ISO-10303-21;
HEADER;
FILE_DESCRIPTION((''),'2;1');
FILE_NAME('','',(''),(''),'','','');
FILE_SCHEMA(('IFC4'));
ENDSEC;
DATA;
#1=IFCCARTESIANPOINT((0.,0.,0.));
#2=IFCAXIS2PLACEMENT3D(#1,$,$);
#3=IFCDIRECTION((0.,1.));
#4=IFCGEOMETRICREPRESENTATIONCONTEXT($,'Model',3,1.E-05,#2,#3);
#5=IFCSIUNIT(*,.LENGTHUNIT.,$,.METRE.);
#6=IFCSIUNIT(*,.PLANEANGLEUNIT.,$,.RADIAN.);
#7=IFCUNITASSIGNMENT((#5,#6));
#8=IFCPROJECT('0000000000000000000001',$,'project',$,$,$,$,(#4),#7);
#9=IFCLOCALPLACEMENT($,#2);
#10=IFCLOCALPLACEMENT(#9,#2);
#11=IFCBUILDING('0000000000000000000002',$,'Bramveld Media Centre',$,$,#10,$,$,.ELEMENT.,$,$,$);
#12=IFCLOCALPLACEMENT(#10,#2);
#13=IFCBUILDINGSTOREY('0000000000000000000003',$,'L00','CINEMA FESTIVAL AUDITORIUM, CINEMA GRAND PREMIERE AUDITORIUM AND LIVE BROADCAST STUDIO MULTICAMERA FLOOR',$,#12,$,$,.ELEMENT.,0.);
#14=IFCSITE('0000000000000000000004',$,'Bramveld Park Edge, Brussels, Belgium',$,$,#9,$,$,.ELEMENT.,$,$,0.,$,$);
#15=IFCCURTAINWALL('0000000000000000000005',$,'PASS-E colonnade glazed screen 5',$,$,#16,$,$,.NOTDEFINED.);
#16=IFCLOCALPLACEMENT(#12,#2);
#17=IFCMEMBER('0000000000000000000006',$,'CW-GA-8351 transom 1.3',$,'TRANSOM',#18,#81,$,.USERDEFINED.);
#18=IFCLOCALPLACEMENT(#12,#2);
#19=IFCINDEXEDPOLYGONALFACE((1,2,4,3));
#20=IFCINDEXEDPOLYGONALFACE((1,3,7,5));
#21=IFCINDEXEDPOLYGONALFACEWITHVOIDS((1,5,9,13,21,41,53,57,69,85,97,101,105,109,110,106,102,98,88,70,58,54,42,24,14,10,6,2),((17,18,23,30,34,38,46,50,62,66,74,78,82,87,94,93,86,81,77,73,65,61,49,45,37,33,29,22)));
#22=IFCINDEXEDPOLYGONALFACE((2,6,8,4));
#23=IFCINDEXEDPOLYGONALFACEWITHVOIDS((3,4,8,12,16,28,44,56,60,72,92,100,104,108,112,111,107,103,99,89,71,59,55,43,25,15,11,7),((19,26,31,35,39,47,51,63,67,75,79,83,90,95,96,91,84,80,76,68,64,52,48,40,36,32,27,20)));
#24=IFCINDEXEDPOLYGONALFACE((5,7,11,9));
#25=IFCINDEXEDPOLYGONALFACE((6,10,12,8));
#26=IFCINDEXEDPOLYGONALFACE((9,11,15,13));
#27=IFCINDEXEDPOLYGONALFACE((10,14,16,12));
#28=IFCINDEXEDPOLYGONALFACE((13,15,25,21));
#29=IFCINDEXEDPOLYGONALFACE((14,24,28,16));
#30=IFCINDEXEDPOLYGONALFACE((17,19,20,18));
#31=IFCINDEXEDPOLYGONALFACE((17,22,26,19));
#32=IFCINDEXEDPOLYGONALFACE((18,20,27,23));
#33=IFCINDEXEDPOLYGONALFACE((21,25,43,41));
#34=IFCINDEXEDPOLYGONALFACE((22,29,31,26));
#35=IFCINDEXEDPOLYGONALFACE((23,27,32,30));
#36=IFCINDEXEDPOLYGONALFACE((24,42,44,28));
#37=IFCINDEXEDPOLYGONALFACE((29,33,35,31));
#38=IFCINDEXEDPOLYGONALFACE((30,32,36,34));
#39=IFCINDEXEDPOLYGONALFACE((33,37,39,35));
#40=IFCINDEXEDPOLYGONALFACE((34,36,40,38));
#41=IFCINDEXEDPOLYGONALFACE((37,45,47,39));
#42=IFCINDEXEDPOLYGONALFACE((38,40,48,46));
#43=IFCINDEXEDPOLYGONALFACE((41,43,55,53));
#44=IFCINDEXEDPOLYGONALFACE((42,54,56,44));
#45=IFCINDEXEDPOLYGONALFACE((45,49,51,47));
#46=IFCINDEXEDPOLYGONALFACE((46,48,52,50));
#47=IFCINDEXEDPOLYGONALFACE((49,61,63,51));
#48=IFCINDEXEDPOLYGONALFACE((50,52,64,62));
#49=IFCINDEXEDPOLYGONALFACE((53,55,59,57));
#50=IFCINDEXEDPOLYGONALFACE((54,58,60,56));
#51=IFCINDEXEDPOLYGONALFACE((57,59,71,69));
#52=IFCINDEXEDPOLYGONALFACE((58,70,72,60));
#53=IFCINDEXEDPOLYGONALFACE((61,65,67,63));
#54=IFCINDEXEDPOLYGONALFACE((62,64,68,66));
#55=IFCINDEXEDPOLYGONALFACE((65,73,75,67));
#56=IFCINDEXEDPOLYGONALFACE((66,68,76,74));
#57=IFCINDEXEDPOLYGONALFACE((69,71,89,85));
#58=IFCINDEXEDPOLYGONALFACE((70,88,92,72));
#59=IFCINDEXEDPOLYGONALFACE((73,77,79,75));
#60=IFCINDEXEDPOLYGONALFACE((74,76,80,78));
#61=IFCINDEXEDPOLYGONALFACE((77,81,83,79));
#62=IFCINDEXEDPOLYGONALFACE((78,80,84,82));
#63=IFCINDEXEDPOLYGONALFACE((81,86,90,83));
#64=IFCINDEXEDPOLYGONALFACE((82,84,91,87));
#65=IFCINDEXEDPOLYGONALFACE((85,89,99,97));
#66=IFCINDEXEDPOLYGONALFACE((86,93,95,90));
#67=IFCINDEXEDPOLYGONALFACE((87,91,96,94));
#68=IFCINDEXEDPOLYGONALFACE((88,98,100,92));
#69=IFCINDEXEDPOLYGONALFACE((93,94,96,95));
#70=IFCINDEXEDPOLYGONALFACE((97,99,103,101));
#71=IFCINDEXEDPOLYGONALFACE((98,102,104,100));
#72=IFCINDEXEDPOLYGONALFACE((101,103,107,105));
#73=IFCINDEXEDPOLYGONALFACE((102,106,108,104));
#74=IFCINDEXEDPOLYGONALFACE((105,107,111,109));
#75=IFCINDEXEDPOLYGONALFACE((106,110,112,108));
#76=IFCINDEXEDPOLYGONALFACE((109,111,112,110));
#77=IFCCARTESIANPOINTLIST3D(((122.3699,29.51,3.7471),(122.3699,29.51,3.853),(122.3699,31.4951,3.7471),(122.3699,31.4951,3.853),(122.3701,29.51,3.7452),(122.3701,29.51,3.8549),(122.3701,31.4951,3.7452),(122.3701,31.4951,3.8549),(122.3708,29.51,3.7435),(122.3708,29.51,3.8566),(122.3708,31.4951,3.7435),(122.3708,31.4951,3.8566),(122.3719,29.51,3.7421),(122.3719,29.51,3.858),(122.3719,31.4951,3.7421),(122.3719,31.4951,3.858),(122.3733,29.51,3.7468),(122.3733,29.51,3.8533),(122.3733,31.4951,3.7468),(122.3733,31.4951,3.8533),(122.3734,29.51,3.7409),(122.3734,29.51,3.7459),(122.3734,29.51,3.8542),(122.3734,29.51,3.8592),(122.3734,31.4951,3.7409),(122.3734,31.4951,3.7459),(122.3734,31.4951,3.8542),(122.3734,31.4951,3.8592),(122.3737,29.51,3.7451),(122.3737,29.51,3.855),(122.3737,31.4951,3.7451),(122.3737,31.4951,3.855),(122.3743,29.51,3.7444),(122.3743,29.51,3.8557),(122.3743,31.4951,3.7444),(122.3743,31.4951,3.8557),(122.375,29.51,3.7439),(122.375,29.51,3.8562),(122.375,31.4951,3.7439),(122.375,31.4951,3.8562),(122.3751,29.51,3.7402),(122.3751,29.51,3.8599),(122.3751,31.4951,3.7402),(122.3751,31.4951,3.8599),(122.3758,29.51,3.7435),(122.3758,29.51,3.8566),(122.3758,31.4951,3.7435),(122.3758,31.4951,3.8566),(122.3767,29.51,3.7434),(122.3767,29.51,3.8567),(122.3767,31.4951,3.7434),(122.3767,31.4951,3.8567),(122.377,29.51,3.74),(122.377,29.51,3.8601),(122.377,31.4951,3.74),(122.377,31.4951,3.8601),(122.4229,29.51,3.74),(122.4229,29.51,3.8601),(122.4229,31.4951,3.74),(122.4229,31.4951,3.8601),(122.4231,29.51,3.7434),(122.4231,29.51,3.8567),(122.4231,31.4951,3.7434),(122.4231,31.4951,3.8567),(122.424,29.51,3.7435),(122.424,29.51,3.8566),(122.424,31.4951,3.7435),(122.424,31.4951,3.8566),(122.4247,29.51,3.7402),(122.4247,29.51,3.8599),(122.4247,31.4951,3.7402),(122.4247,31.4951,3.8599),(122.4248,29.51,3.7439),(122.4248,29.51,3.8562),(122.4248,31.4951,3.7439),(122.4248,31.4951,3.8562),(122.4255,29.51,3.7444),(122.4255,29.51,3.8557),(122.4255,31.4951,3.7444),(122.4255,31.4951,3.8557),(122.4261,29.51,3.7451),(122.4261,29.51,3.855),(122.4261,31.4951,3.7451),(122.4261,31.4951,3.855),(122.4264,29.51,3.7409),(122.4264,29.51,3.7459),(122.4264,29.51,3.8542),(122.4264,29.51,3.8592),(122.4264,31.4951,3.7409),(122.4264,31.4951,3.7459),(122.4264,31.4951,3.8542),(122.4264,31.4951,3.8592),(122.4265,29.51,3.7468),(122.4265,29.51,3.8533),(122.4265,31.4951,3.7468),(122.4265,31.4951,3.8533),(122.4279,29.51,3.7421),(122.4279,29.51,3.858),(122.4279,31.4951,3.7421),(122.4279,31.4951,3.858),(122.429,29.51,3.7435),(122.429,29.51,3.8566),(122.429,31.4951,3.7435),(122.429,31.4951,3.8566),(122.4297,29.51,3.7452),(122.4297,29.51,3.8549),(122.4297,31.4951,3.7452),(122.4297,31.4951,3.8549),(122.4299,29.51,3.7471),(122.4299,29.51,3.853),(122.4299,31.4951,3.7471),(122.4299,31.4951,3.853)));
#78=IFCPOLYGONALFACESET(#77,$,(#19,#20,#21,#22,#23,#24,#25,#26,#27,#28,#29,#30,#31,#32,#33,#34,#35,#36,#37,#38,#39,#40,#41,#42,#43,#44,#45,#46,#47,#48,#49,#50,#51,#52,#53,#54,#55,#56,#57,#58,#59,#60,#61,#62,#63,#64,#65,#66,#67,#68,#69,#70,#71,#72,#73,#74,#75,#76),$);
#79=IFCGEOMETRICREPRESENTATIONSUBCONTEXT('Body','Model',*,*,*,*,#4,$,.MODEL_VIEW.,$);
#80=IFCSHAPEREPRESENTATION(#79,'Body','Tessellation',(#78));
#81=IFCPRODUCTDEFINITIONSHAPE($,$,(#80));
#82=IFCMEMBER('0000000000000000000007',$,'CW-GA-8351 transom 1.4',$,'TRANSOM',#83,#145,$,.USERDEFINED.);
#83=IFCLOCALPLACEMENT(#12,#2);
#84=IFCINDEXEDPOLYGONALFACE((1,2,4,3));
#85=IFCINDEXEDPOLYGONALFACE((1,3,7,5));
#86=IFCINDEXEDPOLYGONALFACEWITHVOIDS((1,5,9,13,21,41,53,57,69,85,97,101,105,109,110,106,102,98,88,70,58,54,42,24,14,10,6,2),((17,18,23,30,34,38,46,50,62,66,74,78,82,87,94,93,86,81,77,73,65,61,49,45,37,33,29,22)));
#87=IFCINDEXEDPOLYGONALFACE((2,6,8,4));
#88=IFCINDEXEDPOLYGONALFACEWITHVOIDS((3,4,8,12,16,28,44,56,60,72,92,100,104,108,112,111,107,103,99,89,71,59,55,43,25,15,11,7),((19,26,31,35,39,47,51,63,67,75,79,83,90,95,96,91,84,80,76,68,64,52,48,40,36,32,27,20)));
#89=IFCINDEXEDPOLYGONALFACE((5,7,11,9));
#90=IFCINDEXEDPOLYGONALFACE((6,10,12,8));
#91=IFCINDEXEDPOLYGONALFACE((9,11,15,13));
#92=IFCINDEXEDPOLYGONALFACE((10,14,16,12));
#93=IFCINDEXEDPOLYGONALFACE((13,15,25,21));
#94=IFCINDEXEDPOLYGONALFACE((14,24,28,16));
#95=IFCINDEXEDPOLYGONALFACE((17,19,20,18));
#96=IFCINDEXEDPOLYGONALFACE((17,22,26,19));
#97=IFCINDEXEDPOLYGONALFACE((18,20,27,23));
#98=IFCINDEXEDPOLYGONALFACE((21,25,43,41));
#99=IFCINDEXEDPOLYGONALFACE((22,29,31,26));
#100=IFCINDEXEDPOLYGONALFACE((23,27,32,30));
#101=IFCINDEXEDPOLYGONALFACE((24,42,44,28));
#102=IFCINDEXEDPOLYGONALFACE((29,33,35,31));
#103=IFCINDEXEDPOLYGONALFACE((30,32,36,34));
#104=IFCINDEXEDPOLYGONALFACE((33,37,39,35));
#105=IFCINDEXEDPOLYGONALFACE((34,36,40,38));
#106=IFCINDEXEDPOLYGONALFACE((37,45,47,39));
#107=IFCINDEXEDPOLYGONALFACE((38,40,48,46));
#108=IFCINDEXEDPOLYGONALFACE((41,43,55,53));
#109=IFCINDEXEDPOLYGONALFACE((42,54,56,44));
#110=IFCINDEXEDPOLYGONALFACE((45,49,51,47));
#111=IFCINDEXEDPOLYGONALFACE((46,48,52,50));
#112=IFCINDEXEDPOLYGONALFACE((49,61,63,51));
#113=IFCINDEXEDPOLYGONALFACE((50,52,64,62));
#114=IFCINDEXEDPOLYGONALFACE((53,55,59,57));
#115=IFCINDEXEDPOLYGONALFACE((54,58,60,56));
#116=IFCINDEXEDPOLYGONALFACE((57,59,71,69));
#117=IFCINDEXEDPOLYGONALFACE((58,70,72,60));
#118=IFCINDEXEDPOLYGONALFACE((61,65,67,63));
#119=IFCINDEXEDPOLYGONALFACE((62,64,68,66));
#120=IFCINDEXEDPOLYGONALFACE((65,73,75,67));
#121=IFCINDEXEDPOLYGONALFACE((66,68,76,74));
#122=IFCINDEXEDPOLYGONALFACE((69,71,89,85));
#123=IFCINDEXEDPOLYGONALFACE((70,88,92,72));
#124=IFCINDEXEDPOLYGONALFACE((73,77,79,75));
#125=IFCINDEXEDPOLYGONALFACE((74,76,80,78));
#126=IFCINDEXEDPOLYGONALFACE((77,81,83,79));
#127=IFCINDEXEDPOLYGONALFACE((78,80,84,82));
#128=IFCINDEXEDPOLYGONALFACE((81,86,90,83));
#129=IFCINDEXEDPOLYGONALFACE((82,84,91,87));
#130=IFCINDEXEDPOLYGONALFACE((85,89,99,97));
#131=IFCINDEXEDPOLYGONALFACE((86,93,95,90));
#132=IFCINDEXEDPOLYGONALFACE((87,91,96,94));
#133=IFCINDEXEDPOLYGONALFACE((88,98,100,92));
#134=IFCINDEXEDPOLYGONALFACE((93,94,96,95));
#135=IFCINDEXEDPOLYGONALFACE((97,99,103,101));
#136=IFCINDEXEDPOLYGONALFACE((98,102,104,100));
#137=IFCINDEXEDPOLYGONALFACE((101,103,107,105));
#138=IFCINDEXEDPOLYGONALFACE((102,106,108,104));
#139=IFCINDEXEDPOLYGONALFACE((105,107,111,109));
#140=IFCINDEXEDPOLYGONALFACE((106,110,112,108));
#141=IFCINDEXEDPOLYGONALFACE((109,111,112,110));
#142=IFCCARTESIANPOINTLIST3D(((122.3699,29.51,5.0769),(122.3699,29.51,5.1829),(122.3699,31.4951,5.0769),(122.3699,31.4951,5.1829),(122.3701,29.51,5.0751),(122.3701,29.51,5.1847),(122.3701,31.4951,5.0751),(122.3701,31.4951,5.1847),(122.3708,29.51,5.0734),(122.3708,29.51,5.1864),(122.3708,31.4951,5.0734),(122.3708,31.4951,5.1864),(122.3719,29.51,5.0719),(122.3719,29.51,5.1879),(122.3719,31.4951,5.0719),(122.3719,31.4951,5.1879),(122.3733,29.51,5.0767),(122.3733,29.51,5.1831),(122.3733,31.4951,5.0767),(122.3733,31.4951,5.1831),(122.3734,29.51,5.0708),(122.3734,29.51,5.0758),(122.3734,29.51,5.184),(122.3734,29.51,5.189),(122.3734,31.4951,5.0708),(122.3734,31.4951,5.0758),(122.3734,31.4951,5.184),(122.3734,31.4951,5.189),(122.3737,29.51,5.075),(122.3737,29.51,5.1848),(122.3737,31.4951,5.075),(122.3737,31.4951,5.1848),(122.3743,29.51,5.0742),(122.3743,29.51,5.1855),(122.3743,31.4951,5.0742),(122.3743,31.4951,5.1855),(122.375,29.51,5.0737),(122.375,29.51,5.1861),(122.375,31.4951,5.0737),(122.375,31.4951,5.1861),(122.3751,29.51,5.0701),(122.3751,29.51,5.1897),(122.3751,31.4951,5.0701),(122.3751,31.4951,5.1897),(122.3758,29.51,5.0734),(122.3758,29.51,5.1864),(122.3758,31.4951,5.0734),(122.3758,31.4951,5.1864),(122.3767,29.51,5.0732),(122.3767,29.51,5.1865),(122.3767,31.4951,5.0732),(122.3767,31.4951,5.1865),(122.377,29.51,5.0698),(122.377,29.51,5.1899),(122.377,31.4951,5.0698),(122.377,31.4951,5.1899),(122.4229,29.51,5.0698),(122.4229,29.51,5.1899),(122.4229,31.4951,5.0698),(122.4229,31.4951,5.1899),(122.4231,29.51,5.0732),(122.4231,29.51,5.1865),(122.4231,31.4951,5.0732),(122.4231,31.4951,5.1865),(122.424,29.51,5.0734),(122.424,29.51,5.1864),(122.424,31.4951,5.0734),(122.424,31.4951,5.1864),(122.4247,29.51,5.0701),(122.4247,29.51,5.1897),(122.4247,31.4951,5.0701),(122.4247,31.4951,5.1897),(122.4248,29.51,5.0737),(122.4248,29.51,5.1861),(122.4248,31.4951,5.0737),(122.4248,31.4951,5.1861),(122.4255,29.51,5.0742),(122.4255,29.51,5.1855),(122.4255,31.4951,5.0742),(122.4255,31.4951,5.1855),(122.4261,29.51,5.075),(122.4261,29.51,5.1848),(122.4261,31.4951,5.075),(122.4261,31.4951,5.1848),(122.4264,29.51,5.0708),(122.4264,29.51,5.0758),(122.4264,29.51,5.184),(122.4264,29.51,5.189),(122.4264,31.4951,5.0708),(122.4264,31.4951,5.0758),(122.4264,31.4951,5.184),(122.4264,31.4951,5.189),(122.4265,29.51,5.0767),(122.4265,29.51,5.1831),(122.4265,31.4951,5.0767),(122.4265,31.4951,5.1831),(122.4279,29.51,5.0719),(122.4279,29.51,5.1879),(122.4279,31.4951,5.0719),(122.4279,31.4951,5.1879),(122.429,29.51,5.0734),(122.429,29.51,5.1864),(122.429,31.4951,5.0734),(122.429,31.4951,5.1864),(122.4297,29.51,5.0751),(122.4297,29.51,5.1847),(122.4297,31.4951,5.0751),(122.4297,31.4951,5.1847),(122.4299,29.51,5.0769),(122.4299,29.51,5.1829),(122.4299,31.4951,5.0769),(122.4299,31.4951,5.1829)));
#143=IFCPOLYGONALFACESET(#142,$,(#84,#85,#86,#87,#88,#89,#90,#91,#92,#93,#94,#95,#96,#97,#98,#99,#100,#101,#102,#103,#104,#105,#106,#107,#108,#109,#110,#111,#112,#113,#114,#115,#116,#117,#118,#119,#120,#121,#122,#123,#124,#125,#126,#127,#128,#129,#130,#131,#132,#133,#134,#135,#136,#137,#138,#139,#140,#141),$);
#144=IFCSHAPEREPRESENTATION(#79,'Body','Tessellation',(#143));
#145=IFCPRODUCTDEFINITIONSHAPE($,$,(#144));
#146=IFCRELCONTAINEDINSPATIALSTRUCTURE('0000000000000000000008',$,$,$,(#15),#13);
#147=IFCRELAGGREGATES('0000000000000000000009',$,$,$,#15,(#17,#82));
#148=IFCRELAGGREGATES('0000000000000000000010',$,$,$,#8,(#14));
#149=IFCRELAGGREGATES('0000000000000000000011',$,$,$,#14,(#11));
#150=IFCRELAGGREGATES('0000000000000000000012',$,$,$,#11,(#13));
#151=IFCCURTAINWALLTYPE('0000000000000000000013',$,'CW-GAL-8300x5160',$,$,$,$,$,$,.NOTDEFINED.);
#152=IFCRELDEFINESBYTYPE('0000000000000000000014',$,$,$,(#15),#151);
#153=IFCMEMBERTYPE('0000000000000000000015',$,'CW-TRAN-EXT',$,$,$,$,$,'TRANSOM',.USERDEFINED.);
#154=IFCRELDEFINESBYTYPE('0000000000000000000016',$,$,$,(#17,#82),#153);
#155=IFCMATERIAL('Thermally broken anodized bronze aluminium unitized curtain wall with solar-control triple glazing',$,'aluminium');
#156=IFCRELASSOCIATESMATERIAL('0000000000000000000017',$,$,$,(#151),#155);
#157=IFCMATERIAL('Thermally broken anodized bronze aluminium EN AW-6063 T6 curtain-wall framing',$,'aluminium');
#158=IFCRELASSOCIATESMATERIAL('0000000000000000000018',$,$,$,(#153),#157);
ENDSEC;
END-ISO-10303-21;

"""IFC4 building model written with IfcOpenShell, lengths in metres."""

from ifc_helpers import new_model, si_unit, direction, frame, origin, origin_2d, place, context, subcontext, project, spatial, hollow_rectangle, extrude, material, material_profile, profile_set, type_object, element, aggregate, save


model = new_model("IFC4")

# Units and contexts
model_context = context("Model", 3, precision=1e-05, world=origin(), true_north=direction((0.0, 1.0)))
body_context = subcontext(model_context, "Body", "Model", "MODEL_VIEW")
ifc_project = project(units=[si_unit("LENGTHUNIT", "METRE"), si_unit("PLANEANGLEUNIT", "RADIAN")], contexts=[model_context])

# Site, building, storey
site_placement = place(None, origin())
site = spatial("IfcSite", under=ifc_project, at=site_placement, Name="Bramveld Park Edge, Brussels, Belgium", CompositionType="ELEMENT", RefElevation=0.0)
building_placement = place(site_placement, origin())
building = spatial("IfcBuilding", under=site, at=building_placement, Name="Bramveld Media Centre", CompositionType="ELEMENT")
storey_placement = place(building_placement, origin())
storey = spatial("IfcBuildingStorey", under=building, at=storey_placement, Name="L00", Description="CINEMA FESTIVAL AUDITORIUM, CINEMA GRAND PREMIERE AUDITORIUM AND LIVE BROADCAST STUDIO MULTICAMERA FLOOR", CompositionType="ELEMENT", Elevation=0.0)

# Curtain wall
ifc_material_1 = material(Name="Thermally broken anodized bronze aluminium unitized curtain wall with solar-control triple glazing", Category="aluminium")
curtain_wall_type_1 = type_object("IfcCurtainWallType", Name="CW-GAL-8300x5160", PredefinedType="NOTDEFINED", material=ifc_material_1)
curtain_wall_1_placement = place(storey_placement, origin())
curtain_wall_1 = element("IfcCurtainWall", 1, at=curtain_wall_1_placement, inside=storey, type_object=curtain_wall_type_1, Name="PASS-E colonnade glazed screen 5", PredefinedType="NOTDEFINED")

# Shared definitions
ifc_material_2 = material(Name="Thermally broken anodized bronze aluminium EN AW-6063 T6 curtain-wall framing", Category="aluminium")
ifc_material_profile_1 = material_profile(ifc_material_2, hollow_rectangle(XDim=0.0601, YDim=0.1201, WallThickness=0.0034, InnerFilletRadius=0.0034, OuterFilletRadius=0.0071, at=origin_2d()), Name="AL-TRAN 60x120")
ifc_profile_set_1 = profile_set([ifc_material_profile_1], Name="Thermally broken anodized bronze aluminium EN AW-6063 T6 curtain-wall framing")
member_type_1 = type_object("IfcMemberType", Name="CW-TRAN-EXT", ElementType="TRANSOM", PredefinedType="USERDEFINED", material=ifc_profile_set_1)

# Members
member_1_placement = place(storey_placement, frame((122.3999, 29.51, 3.8), z_axis=(0.0, 1.0, 0.0), x_axis=(-1.0, 0.0, 0.0)))
member_1 = element("IfcMember", 2, at=member_1_placement, type_object=member_type_1, Name="CW-GA-8351 transom 1.3", ObjectType="TRANSOM", PredefinedType="USERDEFINED", context=body_context, shape_type="SweptSolid", body=[
    extrude(hollow_rectangle(XDim=0.0601, YDim=0.1201, WallThickness=0.0034, InnerFilletRadius=0.0034, OuterFilletRadius=0.0071, at=origin_2d()), origin(), (0.0, 0.0, 1.0), 1.9851),
])
member_2_placement = place(storey_placement, frame((122.3999, 29.51, 5.1299), z_axis=(0.0, 1.0, 0.0), x_axis=(-1.0, 0.0, 0.0)))
member_2 = element("IfcMember", 3, at=member_2_placement, type_object=member_type_1, Name="CW-GA-8351 transom 1.4", ObjectType="TRANSOM", PredefinedType="USERDEFINED", context=body_context, shape_type="SweptSolid", body=[
    extrude(hollow_rectangle(XDim=0.0601, YDim=0.1201, WallThickness=0.0034, InnerFilletRadius=0.0034, OuterFilletRadius=0.0071, at=origin_2d()), origin(), (0.0, 0.0, 1.0), 1.9851),
])

aggregate(curtain_wall_1, [member_1, member_2])

save(model, "model.ifc")
